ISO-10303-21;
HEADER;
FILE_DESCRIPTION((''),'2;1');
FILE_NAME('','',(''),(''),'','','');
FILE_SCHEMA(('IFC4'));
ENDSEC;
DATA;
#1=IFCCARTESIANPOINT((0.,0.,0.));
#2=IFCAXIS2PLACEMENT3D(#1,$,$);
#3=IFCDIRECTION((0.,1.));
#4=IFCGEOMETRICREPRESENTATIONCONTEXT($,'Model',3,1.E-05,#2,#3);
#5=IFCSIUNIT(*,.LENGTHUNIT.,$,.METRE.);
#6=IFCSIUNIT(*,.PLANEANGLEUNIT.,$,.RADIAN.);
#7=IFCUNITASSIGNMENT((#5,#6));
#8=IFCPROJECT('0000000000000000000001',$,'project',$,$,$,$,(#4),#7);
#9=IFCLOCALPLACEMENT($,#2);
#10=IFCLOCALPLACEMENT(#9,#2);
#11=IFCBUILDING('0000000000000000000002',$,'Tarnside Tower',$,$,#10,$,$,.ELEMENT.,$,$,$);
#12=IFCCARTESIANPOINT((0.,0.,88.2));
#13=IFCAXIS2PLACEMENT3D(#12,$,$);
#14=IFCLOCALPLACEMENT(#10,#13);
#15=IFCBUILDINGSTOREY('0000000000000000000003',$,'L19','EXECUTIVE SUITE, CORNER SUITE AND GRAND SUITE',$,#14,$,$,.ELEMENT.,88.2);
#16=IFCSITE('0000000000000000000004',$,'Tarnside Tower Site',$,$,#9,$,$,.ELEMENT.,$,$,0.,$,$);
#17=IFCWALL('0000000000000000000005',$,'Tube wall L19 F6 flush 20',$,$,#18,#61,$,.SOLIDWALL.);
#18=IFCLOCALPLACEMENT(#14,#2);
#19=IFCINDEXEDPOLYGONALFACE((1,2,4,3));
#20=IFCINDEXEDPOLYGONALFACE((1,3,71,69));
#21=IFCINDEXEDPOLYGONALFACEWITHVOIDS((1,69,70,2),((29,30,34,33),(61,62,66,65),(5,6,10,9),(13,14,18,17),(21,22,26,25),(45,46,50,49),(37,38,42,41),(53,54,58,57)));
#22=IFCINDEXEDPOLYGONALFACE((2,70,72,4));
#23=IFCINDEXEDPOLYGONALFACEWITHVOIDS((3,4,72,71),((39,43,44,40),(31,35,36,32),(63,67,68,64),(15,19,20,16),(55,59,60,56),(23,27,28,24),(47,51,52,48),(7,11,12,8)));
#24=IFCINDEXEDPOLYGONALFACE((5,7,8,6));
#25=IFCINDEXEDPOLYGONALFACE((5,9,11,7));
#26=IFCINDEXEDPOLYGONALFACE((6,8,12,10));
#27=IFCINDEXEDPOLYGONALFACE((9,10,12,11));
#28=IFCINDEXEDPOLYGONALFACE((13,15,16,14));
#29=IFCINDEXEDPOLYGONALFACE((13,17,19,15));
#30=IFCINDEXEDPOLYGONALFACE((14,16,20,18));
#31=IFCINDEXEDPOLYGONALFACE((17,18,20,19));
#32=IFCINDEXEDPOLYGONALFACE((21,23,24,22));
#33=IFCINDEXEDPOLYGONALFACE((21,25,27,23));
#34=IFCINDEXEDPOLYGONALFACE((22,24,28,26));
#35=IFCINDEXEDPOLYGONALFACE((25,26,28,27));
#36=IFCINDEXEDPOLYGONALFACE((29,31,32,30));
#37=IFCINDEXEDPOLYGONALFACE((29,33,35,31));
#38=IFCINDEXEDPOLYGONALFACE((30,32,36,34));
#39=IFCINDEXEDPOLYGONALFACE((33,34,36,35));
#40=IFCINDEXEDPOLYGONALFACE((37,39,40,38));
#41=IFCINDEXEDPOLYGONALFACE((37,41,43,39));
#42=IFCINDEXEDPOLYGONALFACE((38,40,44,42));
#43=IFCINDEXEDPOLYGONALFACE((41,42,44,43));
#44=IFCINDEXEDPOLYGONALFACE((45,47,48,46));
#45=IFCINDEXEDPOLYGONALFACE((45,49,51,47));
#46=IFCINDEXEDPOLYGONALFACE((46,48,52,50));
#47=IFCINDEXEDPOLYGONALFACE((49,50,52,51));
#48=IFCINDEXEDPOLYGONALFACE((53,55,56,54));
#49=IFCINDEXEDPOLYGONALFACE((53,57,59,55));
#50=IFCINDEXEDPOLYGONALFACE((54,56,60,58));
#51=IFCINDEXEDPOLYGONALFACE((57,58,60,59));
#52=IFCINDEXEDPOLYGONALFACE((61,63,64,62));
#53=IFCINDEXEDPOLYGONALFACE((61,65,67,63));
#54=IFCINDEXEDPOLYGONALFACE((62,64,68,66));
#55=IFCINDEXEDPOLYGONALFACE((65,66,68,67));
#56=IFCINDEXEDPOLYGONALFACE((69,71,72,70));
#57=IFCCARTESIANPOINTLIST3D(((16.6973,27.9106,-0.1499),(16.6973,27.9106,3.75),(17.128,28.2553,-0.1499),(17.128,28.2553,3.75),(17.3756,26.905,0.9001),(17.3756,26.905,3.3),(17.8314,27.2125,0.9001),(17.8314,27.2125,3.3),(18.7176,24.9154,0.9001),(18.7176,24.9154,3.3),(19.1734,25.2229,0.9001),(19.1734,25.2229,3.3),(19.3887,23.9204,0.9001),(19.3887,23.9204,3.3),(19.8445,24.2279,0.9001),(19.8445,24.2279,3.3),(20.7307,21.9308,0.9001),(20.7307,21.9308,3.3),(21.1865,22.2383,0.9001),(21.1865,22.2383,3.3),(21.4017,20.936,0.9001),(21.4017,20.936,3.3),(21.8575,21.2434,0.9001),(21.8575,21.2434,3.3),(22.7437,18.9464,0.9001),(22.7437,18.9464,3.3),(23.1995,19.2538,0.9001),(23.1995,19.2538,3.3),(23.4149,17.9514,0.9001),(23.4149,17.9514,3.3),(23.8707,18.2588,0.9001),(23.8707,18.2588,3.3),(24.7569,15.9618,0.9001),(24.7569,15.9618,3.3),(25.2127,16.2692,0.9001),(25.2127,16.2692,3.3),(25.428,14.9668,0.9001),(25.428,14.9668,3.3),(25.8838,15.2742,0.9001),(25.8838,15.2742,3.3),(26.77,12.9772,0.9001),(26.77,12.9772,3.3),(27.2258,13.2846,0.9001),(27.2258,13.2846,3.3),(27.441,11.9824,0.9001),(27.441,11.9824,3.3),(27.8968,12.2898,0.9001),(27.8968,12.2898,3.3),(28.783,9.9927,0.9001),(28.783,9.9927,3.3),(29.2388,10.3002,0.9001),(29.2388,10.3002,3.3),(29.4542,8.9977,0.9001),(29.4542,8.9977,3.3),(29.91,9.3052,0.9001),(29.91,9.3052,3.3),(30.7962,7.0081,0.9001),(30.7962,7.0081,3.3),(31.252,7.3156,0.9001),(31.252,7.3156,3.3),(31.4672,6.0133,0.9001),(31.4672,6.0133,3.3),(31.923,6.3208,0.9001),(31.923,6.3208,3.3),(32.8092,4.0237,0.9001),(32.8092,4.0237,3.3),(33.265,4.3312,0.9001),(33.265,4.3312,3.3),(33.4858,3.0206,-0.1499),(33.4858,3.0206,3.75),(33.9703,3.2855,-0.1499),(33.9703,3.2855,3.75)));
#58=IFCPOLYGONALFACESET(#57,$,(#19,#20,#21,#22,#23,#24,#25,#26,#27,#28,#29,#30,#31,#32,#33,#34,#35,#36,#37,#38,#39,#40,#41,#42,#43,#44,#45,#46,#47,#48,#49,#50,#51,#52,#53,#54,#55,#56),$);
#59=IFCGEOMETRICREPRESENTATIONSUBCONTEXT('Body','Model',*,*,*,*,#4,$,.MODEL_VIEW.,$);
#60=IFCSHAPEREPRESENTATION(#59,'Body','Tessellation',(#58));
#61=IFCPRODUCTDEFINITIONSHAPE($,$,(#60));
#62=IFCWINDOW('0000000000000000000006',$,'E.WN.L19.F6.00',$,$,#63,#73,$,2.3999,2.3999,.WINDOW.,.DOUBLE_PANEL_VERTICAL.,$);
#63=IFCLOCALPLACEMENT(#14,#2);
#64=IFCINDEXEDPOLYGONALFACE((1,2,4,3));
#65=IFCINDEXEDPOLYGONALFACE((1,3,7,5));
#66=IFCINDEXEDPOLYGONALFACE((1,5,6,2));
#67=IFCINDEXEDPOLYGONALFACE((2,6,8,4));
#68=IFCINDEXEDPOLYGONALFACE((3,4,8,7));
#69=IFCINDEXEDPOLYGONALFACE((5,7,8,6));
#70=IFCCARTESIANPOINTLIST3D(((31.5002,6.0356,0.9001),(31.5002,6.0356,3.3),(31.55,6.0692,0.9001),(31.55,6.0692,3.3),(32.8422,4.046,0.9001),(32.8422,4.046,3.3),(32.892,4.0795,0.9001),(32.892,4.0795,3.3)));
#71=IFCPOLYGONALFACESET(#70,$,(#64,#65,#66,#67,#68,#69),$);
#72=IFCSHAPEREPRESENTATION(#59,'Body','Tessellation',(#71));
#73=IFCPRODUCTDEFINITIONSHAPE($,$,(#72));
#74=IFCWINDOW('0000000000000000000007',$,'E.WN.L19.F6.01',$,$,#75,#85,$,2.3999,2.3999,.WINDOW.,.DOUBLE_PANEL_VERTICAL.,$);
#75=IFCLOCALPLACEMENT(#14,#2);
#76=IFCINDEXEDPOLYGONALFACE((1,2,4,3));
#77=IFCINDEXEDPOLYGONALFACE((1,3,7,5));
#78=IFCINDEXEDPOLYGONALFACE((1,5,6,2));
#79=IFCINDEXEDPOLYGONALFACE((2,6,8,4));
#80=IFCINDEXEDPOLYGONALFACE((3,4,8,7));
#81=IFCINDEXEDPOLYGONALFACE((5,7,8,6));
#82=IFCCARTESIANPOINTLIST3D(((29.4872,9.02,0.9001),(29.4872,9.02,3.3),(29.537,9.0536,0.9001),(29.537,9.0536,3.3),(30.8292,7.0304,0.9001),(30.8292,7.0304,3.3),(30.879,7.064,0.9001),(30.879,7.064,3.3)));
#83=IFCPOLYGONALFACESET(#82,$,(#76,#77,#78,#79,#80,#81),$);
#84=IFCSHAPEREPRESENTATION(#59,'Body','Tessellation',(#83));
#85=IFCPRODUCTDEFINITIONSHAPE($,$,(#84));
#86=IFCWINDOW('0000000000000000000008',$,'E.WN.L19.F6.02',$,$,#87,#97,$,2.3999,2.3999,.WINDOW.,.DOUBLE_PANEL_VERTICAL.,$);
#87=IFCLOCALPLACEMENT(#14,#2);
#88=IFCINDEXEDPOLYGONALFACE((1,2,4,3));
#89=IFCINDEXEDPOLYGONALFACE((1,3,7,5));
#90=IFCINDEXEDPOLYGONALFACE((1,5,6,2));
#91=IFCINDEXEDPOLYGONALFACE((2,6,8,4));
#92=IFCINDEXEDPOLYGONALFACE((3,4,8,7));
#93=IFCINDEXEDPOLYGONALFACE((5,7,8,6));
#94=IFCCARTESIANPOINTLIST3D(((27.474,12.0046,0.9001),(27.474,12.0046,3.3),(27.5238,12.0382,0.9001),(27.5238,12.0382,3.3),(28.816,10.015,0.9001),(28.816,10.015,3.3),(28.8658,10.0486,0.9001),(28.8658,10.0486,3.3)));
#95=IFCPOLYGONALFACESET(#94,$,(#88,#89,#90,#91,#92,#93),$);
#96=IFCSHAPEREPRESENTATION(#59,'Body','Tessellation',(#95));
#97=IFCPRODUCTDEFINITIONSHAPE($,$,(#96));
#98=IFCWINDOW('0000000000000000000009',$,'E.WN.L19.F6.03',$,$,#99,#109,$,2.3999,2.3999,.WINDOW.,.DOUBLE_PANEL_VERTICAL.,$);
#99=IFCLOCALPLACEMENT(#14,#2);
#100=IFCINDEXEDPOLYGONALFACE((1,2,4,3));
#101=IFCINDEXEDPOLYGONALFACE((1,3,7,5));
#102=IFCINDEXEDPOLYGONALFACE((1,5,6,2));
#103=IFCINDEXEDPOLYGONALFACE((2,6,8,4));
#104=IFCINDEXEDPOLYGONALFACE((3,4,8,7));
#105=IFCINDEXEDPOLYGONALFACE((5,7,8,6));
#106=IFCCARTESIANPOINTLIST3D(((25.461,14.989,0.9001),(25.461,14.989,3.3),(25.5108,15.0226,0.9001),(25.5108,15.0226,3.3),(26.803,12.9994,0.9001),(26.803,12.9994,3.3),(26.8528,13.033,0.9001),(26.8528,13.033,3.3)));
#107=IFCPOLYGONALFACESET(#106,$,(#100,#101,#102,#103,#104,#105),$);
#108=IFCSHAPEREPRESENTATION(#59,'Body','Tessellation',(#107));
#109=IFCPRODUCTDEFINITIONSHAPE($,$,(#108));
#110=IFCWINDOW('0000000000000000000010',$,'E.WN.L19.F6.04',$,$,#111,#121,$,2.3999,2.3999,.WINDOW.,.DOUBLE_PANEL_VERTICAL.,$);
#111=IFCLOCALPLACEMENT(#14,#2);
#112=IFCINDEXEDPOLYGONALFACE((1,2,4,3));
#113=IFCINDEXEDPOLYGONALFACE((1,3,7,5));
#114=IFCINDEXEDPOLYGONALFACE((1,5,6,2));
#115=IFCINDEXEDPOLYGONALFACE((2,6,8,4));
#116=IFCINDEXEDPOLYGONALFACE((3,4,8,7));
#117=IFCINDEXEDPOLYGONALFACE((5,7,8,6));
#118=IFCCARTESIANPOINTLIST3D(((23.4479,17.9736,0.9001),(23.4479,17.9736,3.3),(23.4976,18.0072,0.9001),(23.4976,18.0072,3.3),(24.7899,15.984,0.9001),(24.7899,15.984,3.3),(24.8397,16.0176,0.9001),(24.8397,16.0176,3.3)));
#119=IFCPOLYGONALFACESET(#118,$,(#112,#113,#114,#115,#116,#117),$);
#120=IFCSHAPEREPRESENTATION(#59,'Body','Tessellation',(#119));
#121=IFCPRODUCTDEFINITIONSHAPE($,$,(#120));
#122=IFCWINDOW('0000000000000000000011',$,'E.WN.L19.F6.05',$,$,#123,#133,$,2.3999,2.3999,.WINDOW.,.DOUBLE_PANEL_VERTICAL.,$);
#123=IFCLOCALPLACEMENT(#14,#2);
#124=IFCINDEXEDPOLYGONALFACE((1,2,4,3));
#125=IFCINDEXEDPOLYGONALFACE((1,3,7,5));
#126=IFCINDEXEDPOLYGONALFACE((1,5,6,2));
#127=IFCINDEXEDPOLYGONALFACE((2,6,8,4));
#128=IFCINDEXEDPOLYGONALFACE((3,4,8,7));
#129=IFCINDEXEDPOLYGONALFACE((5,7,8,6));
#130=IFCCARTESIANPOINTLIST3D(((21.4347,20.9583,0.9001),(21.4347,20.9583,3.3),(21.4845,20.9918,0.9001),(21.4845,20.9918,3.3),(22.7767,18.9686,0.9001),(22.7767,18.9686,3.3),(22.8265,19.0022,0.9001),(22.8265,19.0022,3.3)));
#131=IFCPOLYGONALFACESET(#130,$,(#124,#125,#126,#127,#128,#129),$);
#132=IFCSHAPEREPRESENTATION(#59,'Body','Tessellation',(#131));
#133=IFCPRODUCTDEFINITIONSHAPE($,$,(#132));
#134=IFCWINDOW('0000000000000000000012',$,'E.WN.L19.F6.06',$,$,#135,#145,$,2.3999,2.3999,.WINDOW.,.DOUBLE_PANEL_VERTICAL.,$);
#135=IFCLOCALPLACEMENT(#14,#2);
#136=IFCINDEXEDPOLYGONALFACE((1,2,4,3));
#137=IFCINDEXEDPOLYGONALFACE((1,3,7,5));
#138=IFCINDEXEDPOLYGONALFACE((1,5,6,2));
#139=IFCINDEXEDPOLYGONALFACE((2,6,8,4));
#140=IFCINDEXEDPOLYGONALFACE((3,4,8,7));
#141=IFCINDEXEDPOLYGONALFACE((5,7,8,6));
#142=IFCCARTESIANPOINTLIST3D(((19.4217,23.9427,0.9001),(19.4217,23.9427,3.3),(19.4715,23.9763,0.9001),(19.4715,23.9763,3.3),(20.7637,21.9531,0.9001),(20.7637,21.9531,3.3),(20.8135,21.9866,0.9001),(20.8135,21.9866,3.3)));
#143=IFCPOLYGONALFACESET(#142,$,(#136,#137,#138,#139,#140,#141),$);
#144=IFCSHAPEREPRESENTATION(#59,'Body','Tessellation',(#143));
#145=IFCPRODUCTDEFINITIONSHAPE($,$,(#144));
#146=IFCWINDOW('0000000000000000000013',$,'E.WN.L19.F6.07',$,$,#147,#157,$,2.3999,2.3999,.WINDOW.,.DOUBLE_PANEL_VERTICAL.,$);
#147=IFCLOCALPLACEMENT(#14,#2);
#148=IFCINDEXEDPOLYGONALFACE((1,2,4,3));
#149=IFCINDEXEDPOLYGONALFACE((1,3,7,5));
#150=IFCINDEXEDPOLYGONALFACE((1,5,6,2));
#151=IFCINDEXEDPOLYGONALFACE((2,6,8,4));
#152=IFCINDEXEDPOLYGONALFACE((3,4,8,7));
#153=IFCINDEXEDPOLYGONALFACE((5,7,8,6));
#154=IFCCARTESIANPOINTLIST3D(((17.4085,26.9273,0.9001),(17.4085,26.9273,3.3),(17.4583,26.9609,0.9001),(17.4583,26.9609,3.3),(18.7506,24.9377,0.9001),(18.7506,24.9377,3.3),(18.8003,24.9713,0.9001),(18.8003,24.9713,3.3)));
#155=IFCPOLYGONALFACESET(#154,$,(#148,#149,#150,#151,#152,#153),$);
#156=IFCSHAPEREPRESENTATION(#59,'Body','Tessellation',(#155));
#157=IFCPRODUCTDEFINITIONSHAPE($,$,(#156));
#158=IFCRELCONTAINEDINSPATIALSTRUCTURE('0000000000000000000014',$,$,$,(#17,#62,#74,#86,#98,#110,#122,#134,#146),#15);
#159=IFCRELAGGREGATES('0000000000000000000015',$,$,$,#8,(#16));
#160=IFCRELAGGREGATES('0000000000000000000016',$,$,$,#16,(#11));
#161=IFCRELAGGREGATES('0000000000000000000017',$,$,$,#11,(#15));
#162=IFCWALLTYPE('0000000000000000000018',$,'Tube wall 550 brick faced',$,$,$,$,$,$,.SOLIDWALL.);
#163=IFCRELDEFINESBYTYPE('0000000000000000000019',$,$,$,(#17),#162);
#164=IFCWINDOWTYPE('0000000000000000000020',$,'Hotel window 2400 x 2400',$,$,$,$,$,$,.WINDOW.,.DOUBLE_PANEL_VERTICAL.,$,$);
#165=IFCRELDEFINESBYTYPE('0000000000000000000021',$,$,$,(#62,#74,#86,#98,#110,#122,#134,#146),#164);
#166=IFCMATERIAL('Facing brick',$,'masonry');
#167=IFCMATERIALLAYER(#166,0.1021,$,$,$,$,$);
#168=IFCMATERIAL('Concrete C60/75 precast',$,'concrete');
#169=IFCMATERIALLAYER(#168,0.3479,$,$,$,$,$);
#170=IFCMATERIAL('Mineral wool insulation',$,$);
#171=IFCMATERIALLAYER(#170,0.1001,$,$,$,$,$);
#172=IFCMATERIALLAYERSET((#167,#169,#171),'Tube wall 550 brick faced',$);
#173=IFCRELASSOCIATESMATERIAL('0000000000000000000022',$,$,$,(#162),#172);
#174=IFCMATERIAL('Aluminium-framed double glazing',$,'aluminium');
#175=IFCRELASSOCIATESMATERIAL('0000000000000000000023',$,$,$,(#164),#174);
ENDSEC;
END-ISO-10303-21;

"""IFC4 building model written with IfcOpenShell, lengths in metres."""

from ifc_helpers import new_model, si_unit, direction, frame, frame_2d, origin, place, context, subcontext, project, spatial, polyline, rectangle, outline, extrude, material, layer, layer_set, type_object, element, fill, save


model = new_model("IFC4")

# Units and contexts
model_context = context("Model", 3, precision=1e-05, world=origin(), true_north=direction((0.0, 1.0)))
body_context = subcontext(model_context, "Body", "Model", "MODEL_VIEW")
ifc_project = project(units=[si_unit("LENGTHUNIT", "METRE"), si_unit("PLANEANGLEUNIT", "RADIAN")], contexts=[model_context])

# Site, building, storey
site_placement = place(None, origin())
site = spatial("IfcSite", under=ifc_project, at=site_placement, Name="Tarnside Tower Site", CompositionType="ELEMENT", RefElevation=0.0)
building_placement = place(site_placement, origin())
building = spatial("IfcBuilding", under=site, at=building_placement, Name="Tarnside Tower", CompositionType="ELEMENT")
storey_placement = place(building_placement, frame((0.0, 0.0, 88.2)))
storey = spatial("IfcBuildingStorey", under=building, at=storey_placement, Name="L19", Description="EXECUTIVE SUITE, CORNER SUITE AND GRAND SUITE", CompositionType="ELEMENT", Elevation=88.2)

# Shared definitions
ifc_material_1 = material(Name="Facing brick", Category="masonry")
ifc_layer_1 = layer(ifc_material_1, 0.1021)
ifc_material_2 = material(Name="Concrete C60/75 precast", Category="concrete")
ifc_layer_2 = layer(ifc_material_2, 0.3479)
ifc_material_3 = material(Name="Mineral wool insulation")
ifc_layer_3 = layer(ifc_material_3, 0.1001)
ifc_layer_set_1 = layer_set([ifc_layer_1, ifc_layer_2, ifc_layer_3], Name="Tube wall 550 brick faced")
wall_type_1 = type_object("IfcWallType", Name="Tube wall 550 brick faced", PredefinedType="SOLIDWALL", material=ifc_layer_set_1)

# Wall, openings, windows
wall_1_placement = place(storey_placement, frame((33.728, 3.1531, -0.1499), z_axis=(0.0, 0.0, 1.0), x_axis=(-0.559192, 0.829038, 0.0)))
wall_1 = element("IfcWall", 1, at=wall_1_placement, inside=storey, type_object=wall_type_1, Name="Tube wall L19 F6 flush 20", PredefinedType="SOLIDWALL", context=body_context, shape_type="SweptSolid", body=[
    extrude(outline(polyline([(-0.0256, -0.2749), (30.0933, -0.2749), (30.0483, 0.2749), (0.0256, 0.2749), (-0.0256, -0.2749)])), origin(), (0.0, 0.0, 1.0), 3.8999),
])
opening_1_placement = place(wall_1_placement, frame((1.2356, 0.0, 1.05)))
opening_1 = element("IfcOpeningElement", 2, at=opening_1_placement, cuts=wall_1, PredefinedType="OPENING", context=body_context, shape_type="SweptSolid", body=[
    extrude(rectangle(XDim=2.3999, YDim=2.3999, at=frame_2d((1.2, 1.2))), frame((0.0, 0.2852, 0.0), z_axis=(0.0, -1.0, 0.0), x_axis=(1.0, 0.0, 0.0)), (0.0, 0.0, 1.0), 0.5701),
])
opening_2_placement = place(wall_1_placement, frame((4.8354, 0.0, 1.05)))
opening_2 = element("IfcOpeningElement", 3, at=opening_2_placement, cuts=wall_1, PredefinedType="OPENING", context=body_context, shape_type="SweptSolid", body=[
    extrude(rectangle(XDim=2.3999, YDim=2.3999, at=frame_2d((1.2, 1.2))), frame((0.0, 0.2852, 0.0), z_axis=(0.0, -1.0, 0.0), x_axis=(1.0, 0.0, 0.0)), (0.0, 0.0, 1.0), 0.5701),
])
opening_3_placement = place(wall_1_placement, frame((8.4355, 0.0, 1.05)))
opening_3 = element("IfcOpeningElement", 4, at=opening_3_placement, cuts=wall_1, PredefinedType="OPENING", context=body_context, shape_type="SweptSolid", body=[
    extrude(rectangle(XDim=2.3999, YDim=2.3999, at=frame_2d((1.2, 1.2))), frame((0.0, 0.2852, 0.0), z_axis=(0.0, -1.0, 0.0), x_axis=(1.0, 0.0, 0.0)), (0.0, 0.0, 1.0), 0.5701),
])
opening_4_placement = place(wall_1_placement, frame((12.0354, 0.0, 1.05)))
opening_4 = element("IfcOpeningElement", 5, at=opening_4_placement, cuts=wall_1, PredefinedType="OPENING", context=body_context, shape_type="SweptSolid", body=[
    extrude(rectangle(XDim=2.3999, YDim=2.3999, at=frame_2d((1.2, 1.2))), frame((0.0, 0.2852, 0.0), z_axis=(0.0, -1.0, 0.0), x_axis=(1.0, 0.0, 0.0)), (0.0, 0.0, 1.0), 0.5701),
])
opening_5_placement = place(wall_1_placement, frame((15.6355, 0.0, 1.05)))
opening_5 = element("IfcOpeningElement", 6, at=opening_5_placement, cuts=wall_1, PredefinedType="OPENING", context=body_context, shape_type="SweptSolid", body=[
    extrude(rectangle(XDim=2.3999, YDim=2.3999, at=frame_2d((1.2, 1.2))), frame((0.0, 0.2852, 0.0), z_axis=(0.0, -1.0, 0.0), x_axis=(1.0, 0.0, 0.0)), (0.0, 0.0, 1.0), 0.5701),
])
opening_6_placement = place(wall_1_placement, frame((19.2356, 0.0, 1.05)))
opening_6 = element("IfcOpeningElement", 7, at=opening_6_placement, cuts=wall_1, PredefinedType="OPENING", context=body_context, shape_type="SweptSolid", body=[
    extrude(rectangle(XDim=2.3999, YDim=2.3999, at=frame_2d((1.2, 1.2))), frame((0.0, 0.2852, 0.0), z_axis=(0.0, -1.0, 0.0), x_axis=(1.0, 0.0, 0.0)), (0.0, 0.0, 1.0), 0.5701),
])
opening_7_placement = place(wall_1_placement, frame((22.8354, 0.0, 1.05)))
opening_7 = element("IfcOpeningElement", 8, at=opening_7_placement, cuts=wall_1, PredefinedType="OPENING", context=body_context, shape_type="SweptSolid", body=[
    extrude(rectangle(XDim=2.3999, YDim=2.3999, at=frame_2d((1.2, 1.2))), frame((0.0, 0.2852, 0.0), z_axis=(0.0, -1.0, 0.0), x_axis=(1.0, 0.0, 0.0)), (0.0, 0.0, 1.0), 0.5701),
])
opening_8_placement = place(wall_1_placement, frame((26.4355, 0.0, 1.05)))
opening_8 = element("IfcOpeningElement", 9, at=opening_8_placement, cuts=wall_1, PredefinedType="OPENING", context=body_context, shape_type="SweptSolid", body=[
    extrude(rectangle(XDim=2.3999, YDim=2.3999, at=frame_2d((1.2, 1.2))), frame((0.0, 0.2852, 0.0), z_axis=(0.0, -1.0, 0.0), x_axis=(1.0, 0.0, 0.0)), (0.0, 0.0, 1.0), 0.5701),
])
ifc_material_4 = material(Name="Aluminium-framed double glazing", Category="aluminium")
window_type = type_object("IfcWindowType", Name="Hotel window 2400 x 2400", PartitioningType="DOUBLE_PANEL_VERTICAL", PredefinedType="WINDOW", material=ifc_material_4)
window_1_placement = place(opening_1_placement, frame((0.0, 0.2051, 0.0)))
window_1 = element("IfcWindow", 10, at=window_1_placement, inside=storey, type_object=window_type, Name="E.WN.L19.F6.00", OverallHeight=2.3999, OverallWidth=2.3999, PartitioningType="DOUBLE_PANEL_VERTICAL", PredefinedType="WINDOW", context=body_context, shape_type="SweptSolid", body=[
    extrude(rectangle(XDim=2.3999, YDim=2.3999, at=frame_2d((1.2, 1.2))), frame((0.0, 0.03, 0.0), z_axis=(0.0, -1.0, 0.0), x_axis=(1.0, 0.0, 0.0)), (0.0, 0.0, 1.0), 0.0601),
])
fill(opening_1, window_1)
window_2_placement = place(opening_2_placement, frame((0.0, 0.2051, 0.0)))
window_2 = element("IfcWindow", 11, at=window_2_placement, inside=storey, type_object=window_type, Name="E.WN.L19.F6.01", OverallHeight=2.3999, OverallWidth=2.3999, PartitioningType="DOUBLE_PANEL_VERTICAL", PredefinedType="WINDOW", context=body_context, shape_type="SweptSolid", body=[
    extrude(rectangle(XDim=2.3999, YDim=2.3999, at=frame_2d((1.2, 1.2))), frame((0.0, 0.03, 0.0), z_axis=(0.0, -1.0, 0.0), x_axis=(1.0, 0.0, 0.0)), (0.0, 0.0, 1.0), 0.0601),
])
fill(opening_2, window_2)
window_3_placement = place(opening_3_placement, frame((0.0, 0.2051, 0.0)))
window_3 = element("IfcWindow", 12, at=window_3_placement, inside=storey, type_object=window_type, Name="E.WN.L19.F6.02", OverallHeight=2.3999, OverallWidth=2.3999, PartitioningType="DOUBLE_PANEL_VERTICAL", PredefinedType="WINDOW", context=body_context, shape_type="SweptSolid", body=[
    extrude(rectangle(XDim=2.3999, YDim=2.3999, at=frame_2d((1.2, 1.2))), frame((0.0, 0.03, 0.0), z_axis=(0.0, -1.0, 0.0), x_axis=(1.0, 0.0, 0.0)), (0.0, 0.0, 1.0), 0.0601),
])
fill(opening_3, window_3)
window_4_placement = place(opening_4_placement, frame((0.0, 0.2051, 0.0)))
window_4 = element("IfcWindow", 13, at=window_4_placement, inside=storey, type_object=window_type, Name="E.WN.L19.F6.03", OverallHeight=2.3999, OverallWidth=2.3999, PartitioningType="DOUBLE_PANEL_VERTICAL", PredefinedType="WINDOW", context=body_context, shape_type="SweptSolid", body=[
    extrude(rectangle(XDim=2.3999, YDim=2.3999, at=frame_2d((1.2, 1.2))), frame((0.0, 0.03, 0.0), z_axis=(0.0, -1.0, 0.0), x_axis=(1.0, 0.0, 0.0)), (0.0, 0.0, 1.0), 0.0601),
])
fill(opening_4, window_4)
window_5_placement = place(opening_5_placement, frame((0.0, 0.2051, 0.0)))
window_5 = element("IfcWindow", 14, at=window_5_placement, inside=storey, type_object=window_type, Name="E.WN.L19.F6.04", OverallHeight=2.3999, OverallWidth=2.3999, PartitioningType="DOUBLE_PANEL_VERTICAL", PredefinedType="WINDOW", context=body_context, shape_type="SweptSolid", body=[
    extrude(rectangle(XDim=2.3999, YDim=2.3999, at=frame_2d((1.2, 1.2))), frame((0.0, 0.03, 0.0), z_axis=(0.0, -1.0, 0.0), x_axis=(1.0, 0.0, 0.0)), (0.0, 0.0, 1.0), 0.0601),
])
fill(opening_5, window_5)
window_6_placement = place(opening_6_placement, frame((0.0, 0.2051, 0.0)))
window_6 = element("IfcWindow", 15, at=window_6_placement, inside=storey, type_object=window_type, Name="E.WN.L19.F6.05", OverallHeight=2.3999, OverallWidth=2.3999, PartitioningType="DOUBLE_PANEL_VERTICAL", PredefinedType="WINDOW", context=body_context, shape_type="SweptSolid", body=[
    extrude(rectangle(XDim=2.3999, YDim=2.3999, at=frame_2d((1.2, 1.2))), frame((0.0, 0.03, 0.0), z_axis=(0.0, -1.0, 0.0), x_axis=(1.0, 0.0, 0.0)), (0.0, 0.0, 1.0), 0.0601),
])
fill(opening_6, window_6)
window_7_placement = place(opening_7_placement, frame((0.0, 0.2051, 0.0)))
window_7 = element("IfcWindow", 16, at=window_7_placement, inside=storey, type_object=window_type, Name="E.WN.L19.F6.06", OverallHeight=2.3999, OverallWidth=2.3999, PartitioningType="DOUBLE_PANEL_VERTICAL", PredefinedType="WINDOW", context=body_context, shape_type="SweptSolid", body=[
    extrude(rectangle(XDim=2.3999, YDim=2.3999, at=frame_2d((1.2, 1.2))), frame((0.0, 0.03, 0.0), z_axis=(0.0, -1.0, 0.0), x_axis=(1.0, 0.0, 0.0)), (0.0, 0.0, 1.0), 0.0601),
])
fill(opening_7, window_7)
window_8_placement = place(opening_8_placement, frame((0.0, 0.2051, 0.0)))
window_8 = element("IfcWindow", 17, at=window_8_placement, inside=storey, type_object=window_type, Name="E.WN.L19.F6.07", OverallHeight=2.3999, OverallWidth=2.3999, PartitioningType="DOUBLE_PANEL_VERTICAL", PredefinedType="WINDOW", context=body_context, shape_type="SweptSolid", body=[
    extrude(rectangle(XDim=2.3999, YDim=2.3999, at=frame_2d((1.2, 1.2))), frame((0.0, 0.03, 0.0), z_axis=(0.0, -1.0, 0.0), x_axis=(1.0, 0.0, 0.0)), (0.0, 0.0, 1.0), 0.0601),
])
fill(opening_8, window_8)

save(model, "model.ifc")
